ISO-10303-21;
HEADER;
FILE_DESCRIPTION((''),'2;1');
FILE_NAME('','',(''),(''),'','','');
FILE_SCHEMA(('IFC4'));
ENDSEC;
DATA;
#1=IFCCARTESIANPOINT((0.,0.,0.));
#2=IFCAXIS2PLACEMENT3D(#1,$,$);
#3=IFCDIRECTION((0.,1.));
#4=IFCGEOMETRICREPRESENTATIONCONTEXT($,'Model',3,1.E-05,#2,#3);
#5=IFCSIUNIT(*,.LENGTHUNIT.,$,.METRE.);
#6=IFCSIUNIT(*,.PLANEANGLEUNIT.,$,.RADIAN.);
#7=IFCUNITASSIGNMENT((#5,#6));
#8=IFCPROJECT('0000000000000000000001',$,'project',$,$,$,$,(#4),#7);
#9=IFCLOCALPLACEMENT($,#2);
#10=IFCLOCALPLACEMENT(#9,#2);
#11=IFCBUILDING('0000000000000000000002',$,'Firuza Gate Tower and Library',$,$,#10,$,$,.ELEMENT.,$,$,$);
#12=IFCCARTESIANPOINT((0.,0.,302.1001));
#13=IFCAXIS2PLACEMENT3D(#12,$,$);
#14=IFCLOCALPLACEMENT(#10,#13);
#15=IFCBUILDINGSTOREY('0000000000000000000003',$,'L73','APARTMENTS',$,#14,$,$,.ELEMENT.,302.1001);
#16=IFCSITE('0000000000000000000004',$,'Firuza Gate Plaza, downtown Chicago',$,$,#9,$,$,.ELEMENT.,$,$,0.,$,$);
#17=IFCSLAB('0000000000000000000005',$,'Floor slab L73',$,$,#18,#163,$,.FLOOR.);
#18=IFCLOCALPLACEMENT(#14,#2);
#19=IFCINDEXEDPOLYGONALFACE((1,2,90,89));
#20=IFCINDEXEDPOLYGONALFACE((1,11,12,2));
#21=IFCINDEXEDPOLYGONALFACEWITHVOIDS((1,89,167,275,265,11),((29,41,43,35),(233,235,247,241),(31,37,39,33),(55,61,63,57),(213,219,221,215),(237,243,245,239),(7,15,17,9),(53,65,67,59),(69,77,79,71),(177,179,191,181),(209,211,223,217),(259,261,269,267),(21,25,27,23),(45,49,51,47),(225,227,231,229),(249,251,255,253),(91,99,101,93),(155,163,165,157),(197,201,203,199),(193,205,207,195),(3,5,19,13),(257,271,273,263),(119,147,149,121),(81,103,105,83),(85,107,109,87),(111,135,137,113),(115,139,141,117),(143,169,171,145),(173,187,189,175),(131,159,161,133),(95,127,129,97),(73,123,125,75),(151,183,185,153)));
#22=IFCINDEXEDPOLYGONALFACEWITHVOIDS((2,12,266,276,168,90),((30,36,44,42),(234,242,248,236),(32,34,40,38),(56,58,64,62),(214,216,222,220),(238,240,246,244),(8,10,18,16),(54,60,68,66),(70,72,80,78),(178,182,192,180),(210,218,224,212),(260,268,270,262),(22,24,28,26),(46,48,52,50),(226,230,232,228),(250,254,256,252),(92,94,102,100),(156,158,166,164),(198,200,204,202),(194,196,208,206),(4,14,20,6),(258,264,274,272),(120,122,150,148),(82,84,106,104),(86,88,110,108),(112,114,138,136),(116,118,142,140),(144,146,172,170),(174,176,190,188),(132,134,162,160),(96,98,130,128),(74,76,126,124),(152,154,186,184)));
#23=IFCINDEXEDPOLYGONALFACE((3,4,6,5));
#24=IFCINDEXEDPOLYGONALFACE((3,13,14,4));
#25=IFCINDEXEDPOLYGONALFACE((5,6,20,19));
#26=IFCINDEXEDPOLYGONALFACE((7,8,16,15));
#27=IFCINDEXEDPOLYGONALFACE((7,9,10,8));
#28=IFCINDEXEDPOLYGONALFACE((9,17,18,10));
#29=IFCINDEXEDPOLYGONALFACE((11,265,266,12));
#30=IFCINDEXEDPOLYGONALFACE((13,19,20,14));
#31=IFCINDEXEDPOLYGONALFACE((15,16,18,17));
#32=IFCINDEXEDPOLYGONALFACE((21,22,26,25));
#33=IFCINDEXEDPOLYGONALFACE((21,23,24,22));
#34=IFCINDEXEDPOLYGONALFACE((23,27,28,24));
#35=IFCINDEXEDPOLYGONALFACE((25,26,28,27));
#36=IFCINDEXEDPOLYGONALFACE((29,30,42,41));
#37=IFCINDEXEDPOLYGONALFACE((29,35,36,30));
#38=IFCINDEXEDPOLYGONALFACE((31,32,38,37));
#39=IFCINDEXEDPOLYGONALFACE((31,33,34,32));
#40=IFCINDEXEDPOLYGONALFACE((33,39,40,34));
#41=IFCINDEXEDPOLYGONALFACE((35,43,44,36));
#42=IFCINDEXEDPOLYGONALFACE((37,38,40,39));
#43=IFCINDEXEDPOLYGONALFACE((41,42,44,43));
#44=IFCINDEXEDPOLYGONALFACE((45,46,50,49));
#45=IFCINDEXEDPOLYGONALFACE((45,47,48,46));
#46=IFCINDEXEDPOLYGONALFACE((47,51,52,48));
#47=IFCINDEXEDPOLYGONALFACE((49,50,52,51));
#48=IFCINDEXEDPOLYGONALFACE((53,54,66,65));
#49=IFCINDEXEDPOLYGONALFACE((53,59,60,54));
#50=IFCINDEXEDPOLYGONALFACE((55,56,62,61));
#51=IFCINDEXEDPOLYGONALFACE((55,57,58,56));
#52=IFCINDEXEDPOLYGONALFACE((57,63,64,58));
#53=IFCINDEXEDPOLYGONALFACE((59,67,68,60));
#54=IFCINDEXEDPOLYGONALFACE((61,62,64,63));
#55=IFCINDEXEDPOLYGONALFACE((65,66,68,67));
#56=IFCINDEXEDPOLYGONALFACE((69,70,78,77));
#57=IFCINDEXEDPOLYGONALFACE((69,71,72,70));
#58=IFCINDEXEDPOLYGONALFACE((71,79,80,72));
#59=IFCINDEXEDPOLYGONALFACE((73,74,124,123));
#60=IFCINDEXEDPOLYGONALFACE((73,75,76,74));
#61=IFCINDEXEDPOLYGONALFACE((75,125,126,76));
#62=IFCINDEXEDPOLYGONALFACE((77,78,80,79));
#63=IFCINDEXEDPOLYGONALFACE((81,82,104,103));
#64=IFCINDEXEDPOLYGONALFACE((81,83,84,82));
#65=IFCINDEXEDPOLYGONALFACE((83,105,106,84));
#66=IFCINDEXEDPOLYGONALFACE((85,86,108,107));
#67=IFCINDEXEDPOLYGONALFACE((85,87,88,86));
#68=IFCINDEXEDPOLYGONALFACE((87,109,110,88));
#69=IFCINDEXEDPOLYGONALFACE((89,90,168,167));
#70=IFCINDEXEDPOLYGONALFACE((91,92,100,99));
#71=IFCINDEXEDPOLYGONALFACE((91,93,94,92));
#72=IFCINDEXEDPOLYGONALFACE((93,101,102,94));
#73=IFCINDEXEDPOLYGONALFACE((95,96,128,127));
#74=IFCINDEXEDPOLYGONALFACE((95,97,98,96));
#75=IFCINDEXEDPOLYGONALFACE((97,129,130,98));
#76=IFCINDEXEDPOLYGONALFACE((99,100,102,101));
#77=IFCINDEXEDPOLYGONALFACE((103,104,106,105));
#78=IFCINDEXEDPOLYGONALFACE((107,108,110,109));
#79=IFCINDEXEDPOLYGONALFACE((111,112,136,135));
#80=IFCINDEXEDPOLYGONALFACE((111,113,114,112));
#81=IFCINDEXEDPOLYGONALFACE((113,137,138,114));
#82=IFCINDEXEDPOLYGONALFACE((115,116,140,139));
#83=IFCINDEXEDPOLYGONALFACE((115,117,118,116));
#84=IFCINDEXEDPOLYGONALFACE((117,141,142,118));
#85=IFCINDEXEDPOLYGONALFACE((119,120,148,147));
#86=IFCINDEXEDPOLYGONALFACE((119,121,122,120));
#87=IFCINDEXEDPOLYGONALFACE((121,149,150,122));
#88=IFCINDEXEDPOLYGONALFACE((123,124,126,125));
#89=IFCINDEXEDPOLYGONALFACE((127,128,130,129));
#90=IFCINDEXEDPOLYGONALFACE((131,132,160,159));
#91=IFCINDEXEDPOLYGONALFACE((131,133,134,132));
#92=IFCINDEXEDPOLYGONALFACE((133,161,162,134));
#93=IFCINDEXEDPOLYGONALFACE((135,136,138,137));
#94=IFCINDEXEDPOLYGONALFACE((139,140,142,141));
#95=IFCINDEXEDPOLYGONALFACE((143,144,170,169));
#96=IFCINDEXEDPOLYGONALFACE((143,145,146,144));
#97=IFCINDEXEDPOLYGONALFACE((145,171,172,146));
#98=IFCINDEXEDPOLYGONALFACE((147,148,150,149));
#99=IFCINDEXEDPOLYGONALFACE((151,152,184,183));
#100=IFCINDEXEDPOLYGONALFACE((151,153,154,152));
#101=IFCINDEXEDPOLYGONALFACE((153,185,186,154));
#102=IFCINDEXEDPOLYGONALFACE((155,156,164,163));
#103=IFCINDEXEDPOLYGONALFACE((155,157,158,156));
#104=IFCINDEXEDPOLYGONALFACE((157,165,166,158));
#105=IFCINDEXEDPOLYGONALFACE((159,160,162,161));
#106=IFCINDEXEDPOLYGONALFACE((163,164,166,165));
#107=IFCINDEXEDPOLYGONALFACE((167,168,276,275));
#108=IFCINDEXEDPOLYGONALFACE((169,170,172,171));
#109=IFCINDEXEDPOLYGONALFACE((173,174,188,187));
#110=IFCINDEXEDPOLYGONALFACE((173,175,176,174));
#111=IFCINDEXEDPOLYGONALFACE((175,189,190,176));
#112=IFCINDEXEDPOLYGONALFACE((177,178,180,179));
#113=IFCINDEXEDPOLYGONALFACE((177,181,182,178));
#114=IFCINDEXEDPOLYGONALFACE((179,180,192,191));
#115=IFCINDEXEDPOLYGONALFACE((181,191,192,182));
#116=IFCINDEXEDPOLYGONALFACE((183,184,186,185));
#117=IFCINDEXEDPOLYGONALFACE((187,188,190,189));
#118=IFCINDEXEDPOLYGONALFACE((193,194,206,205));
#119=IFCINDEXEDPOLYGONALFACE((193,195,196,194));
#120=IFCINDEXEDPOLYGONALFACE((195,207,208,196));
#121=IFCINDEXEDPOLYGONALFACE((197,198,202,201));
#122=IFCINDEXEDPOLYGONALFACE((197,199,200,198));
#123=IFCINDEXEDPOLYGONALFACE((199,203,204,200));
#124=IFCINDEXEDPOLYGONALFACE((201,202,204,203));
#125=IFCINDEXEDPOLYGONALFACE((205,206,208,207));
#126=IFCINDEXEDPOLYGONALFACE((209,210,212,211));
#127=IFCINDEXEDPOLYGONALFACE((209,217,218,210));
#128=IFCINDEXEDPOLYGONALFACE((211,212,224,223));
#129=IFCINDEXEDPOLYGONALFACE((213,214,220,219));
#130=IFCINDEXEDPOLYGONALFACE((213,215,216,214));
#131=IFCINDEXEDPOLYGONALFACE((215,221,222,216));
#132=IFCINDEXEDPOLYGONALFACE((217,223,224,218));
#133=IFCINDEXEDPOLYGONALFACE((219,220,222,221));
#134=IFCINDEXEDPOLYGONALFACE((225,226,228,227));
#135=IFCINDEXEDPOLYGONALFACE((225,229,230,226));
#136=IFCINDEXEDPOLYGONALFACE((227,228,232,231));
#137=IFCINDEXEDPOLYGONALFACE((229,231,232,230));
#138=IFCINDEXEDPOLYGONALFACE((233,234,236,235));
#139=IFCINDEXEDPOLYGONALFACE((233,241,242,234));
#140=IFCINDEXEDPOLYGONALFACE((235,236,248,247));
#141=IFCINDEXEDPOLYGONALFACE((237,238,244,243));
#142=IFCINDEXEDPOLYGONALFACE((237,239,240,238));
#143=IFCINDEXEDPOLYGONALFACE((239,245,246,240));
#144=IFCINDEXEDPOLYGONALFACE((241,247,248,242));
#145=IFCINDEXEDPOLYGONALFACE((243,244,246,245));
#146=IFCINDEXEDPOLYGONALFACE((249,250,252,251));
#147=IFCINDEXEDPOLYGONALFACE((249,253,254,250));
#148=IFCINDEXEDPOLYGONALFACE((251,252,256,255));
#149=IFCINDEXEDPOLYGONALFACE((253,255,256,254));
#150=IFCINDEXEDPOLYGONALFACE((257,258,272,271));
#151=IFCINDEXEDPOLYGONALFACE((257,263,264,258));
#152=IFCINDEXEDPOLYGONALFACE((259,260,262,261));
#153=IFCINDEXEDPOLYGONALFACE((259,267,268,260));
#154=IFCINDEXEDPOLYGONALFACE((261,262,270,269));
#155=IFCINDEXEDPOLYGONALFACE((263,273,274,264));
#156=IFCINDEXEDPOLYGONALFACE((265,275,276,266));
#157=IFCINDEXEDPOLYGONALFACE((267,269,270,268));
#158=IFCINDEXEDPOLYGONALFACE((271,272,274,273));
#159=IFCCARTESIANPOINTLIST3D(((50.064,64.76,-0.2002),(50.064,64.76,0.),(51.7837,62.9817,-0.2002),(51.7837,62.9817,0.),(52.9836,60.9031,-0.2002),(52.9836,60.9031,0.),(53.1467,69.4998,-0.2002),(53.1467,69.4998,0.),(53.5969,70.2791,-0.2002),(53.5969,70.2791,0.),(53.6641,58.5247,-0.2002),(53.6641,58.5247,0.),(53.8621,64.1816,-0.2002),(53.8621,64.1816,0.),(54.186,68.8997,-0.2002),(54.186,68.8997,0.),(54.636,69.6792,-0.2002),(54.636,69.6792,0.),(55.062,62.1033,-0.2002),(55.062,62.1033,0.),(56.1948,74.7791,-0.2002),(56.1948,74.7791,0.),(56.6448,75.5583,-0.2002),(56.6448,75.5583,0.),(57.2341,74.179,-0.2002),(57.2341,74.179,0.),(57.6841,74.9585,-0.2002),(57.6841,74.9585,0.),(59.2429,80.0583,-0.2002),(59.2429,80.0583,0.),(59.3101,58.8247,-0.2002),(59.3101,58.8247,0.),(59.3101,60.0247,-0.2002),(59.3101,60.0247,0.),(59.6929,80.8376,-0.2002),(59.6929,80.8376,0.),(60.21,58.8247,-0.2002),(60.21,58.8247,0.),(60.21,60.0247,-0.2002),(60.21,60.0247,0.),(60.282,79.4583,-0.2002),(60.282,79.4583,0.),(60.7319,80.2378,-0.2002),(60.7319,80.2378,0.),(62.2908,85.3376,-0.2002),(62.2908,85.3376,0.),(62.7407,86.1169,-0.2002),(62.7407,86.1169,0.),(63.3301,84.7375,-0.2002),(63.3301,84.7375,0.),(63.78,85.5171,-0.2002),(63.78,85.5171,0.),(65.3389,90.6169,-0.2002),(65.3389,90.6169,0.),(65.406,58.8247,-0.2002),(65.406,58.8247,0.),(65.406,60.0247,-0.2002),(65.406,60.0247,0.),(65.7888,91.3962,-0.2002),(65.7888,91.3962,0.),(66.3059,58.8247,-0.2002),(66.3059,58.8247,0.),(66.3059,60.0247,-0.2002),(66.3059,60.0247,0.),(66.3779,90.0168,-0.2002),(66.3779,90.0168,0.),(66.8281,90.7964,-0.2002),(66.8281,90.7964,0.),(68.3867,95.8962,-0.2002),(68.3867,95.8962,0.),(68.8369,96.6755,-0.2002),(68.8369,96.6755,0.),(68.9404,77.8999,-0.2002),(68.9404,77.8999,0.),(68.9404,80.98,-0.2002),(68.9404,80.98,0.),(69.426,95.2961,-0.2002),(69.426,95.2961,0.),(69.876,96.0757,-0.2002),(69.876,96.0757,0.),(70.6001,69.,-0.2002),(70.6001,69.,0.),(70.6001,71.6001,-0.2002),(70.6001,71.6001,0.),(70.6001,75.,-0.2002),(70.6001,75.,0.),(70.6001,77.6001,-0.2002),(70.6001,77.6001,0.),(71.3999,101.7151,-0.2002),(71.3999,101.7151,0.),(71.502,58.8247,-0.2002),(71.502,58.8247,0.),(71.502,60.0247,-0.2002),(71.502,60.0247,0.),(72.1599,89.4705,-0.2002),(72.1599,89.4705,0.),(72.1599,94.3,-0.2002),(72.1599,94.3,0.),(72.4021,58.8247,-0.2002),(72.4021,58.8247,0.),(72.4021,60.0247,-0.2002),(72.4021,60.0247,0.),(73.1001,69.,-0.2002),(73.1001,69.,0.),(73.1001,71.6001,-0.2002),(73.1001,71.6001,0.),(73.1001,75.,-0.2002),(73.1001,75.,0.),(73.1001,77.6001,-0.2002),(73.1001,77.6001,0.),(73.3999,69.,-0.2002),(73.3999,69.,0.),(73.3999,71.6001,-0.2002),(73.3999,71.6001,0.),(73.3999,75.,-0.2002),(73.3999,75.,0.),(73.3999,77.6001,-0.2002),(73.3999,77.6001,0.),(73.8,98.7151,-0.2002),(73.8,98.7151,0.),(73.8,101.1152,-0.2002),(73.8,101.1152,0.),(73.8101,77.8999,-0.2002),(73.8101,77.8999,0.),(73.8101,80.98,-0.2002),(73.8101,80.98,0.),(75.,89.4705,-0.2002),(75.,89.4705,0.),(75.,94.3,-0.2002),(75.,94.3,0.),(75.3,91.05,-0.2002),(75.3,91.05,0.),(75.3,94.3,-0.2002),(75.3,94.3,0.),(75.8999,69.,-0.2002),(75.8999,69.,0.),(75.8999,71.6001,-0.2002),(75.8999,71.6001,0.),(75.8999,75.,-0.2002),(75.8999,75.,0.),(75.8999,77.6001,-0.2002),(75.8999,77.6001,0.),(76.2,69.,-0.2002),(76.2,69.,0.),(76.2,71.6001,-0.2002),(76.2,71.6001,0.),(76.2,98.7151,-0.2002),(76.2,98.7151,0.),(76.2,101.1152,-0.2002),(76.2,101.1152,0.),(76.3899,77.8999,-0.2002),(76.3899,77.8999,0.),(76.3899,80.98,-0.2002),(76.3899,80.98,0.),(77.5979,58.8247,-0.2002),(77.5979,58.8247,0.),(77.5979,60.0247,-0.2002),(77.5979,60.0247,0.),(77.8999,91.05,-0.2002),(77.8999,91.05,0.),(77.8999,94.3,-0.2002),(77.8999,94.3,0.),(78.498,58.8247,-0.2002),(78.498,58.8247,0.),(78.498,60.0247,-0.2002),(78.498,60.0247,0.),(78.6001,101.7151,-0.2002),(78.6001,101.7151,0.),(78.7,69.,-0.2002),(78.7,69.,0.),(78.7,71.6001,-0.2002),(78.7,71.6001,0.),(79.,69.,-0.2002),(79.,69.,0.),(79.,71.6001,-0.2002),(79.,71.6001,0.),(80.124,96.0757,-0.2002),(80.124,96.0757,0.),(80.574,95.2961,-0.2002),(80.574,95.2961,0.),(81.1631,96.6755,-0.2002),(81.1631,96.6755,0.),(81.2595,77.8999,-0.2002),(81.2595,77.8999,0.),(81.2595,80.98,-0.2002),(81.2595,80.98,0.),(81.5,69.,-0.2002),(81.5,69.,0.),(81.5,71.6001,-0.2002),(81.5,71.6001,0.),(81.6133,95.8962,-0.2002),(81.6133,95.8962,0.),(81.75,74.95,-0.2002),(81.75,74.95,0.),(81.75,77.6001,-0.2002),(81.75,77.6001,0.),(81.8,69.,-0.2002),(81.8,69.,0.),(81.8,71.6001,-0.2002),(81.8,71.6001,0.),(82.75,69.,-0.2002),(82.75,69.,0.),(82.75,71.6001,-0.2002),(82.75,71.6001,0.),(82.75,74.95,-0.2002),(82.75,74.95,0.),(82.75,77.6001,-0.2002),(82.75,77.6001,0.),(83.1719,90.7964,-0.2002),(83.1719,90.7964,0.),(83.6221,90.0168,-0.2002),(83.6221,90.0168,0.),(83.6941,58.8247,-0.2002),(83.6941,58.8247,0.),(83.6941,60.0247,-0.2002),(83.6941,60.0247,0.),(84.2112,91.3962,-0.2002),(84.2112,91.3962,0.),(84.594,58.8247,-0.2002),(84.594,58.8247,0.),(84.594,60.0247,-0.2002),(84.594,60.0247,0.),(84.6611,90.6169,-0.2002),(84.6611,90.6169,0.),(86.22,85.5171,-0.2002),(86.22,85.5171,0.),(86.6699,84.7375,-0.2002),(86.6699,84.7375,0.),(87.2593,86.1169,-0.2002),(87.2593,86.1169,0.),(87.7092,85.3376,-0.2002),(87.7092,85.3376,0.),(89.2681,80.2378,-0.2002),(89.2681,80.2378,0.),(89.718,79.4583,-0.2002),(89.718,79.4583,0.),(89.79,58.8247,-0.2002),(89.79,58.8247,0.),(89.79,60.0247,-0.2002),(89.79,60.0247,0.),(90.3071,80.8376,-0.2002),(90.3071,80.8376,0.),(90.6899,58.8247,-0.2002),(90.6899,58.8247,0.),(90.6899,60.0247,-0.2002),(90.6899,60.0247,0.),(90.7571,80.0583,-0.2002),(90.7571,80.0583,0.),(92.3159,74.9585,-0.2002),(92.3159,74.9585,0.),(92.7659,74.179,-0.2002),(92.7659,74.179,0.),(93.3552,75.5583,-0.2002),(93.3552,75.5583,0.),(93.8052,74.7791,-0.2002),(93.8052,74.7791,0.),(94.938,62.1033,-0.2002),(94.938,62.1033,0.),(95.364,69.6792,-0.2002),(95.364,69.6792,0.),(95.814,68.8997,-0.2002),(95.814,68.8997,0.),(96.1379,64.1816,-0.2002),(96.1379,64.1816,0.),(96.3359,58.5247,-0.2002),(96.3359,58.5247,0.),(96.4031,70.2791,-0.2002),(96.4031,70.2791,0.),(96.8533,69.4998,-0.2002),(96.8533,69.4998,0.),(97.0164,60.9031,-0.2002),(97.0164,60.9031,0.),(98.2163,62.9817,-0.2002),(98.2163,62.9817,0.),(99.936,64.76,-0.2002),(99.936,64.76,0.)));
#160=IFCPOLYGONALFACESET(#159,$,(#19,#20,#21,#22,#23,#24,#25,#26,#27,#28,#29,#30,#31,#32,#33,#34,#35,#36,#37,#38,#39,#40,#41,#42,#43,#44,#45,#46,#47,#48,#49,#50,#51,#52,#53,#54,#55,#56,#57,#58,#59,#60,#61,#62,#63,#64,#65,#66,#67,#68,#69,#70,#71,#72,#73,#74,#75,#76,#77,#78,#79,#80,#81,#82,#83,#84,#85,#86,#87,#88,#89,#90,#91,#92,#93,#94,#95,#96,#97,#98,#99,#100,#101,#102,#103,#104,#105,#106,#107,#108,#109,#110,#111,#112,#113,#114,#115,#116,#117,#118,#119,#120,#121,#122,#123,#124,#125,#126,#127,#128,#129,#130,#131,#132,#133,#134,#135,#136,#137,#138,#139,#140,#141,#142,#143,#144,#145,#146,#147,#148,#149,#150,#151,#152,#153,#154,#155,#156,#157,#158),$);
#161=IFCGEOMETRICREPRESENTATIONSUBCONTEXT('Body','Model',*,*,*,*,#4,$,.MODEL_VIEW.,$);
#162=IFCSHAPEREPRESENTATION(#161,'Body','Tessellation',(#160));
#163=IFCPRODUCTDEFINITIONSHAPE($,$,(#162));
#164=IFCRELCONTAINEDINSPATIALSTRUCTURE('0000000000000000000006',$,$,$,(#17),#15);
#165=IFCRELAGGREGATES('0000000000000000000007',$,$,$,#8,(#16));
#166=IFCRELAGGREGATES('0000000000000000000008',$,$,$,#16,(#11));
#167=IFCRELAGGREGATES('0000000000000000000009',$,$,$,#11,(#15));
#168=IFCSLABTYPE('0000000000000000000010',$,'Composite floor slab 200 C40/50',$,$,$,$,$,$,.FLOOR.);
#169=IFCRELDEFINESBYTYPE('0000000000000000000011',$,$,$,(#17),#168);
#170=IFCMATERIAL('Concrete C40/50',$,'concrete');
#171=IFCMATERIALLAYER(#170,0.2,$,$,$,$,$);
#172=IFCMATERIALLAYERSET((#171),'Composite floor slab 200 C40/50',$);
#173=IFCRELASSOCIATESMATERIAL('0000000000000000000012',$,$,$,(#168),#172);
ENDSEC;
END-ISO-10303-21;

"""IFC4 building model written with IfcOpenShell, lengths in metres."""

from ifc_helpers import new_model, si_unit, direction, frame, origin, place, context, subcontext, project, spatial, polyline, outline, extrude, material, layer, layer_set, type_object, element, save


model = new_model("IFC4")

# Units and contexts
model_context = context("Model", 3, precision=1e-05, world=origin(), true_north=direction((0.0, 1.0)))
body_context = subcontext(model_context, "Body", "Model", "MODEL_VIEW")
ifc_project = project(units=[si_unit("LENGTHUNIT", "METRE"), si_unit("PLANEANGLEUNIT", "RADIAN")], contexts=[model_context])

# Site, building, storey
site_placement = place(None, origin())
site = spatial("IfcSite", under=ifc_project, at=site_placement, Name="Firuza Gate Plaza, downtown Chicago", CompositionType="ELEMENT", RefElevation=0.0)
building_placement = place(site_placement, origin())
building = spatial("IfcBuilding", under=site, at=building_placement, Name="Firuza Gate Tower and Library", CompositionType="ELEMENT")
storey_placement = place(building_placement, frame((0.0, 0.0, 302.1001)))
storey = spatial("IfcBuildingStorey", under=building, at=storey_placement, Name="L73", Description="APARTMENTS", CompositionType="ELEMENT", Elevation=302.1001)

# Slab
ifc_material_1 = material(Name="Concrete C40/50", Category="concrete")
ifc_layer_1 = layer(ifc_material_1, 0.2)
ifc_layer_set_1 = layer_set([ifc_layer_1], Name="Composite floor slab 200 C40/50")
slab_type_1 = type_object("IfcSlabType", Name="Composite floor slab 200 C40/50", PredefinedType="FLOOR", material=ifc_layer_set_1)
slab_1_placement = place(storey_placement, frame((0.0, 0.0, -0.2002)))
element("IfcSlab", 1, at=slab_1_placement, inside=storey, type_object=slab_type_1, Name="Floor slab L73", PredefinedType="FLOOR", context=body_context, shape_type="SweptSolid", body=[
    extrude(outline(polyline([(50.064, 64.76), (53.6641, 58.5247), (96.3359, 58.5247), (99.936, 64.76), (78.6001, 101.7151), (71.3999, 101.7151), (50.064, 64.76)]), holes=[polyline([(59.3101, 58.8247), (59.3101, 60.0247), (60.21, 60.0247), (60.21, 58.8247), (59.3101, 58.8247)]), polyline([(65.406, 58.8247), (65.406, 60.0247), (66.3059, 60.0247), (66.3059, 58.8247), (65.406, 58.8247)]), polyline([(71.502, 58.8247), (71.502, 60.0247), (72.4021, 60.0247), (72.4021, 58.8247), (71.502, 58.8247)]), polyline([(51.7837, 62.9817), (53.8621, 64.1816), (55.062, 62.1033), (52.9836, 60.9031), (51.7837, 62.9817)]), polyline([(53.5969, 70.2791), (54.636, 69.6792), (54.186, 68.8997), (53.1467, 69.4998), (53.5969, 70.2791)]), polyline([(73.1001, 69.0), (70.6001, 69.0), (70.6001, 71.6001), (73.1001, 71.6001), (73.1001, 69.0)]), polyline([(75.8999, 69.0), (73.3999, 69.0), (73.3999, 71.6001), (75.8999, 71.6001), (75.8999, 69.0)]), polyline([(56.6448, 75.5583), (57.6841, 74.9585), (57.2341, 74.179), (56.1948, 74.7791), (56.6448, 75.5583)]), polyline([(73.1001, 75.0), (70.6001, 75.0), (70.6001, 77.6001), (73.1001, 77.6001), (73.1001, 75.0)]), polyline([(75.8999, 75.0), (73.3999, 75.0), (73.3999, 77.6001), (75.8999, 77.6001), (75.8999, 75.0)]), polyline([(68.9404, 77.8999), (68.9404, 80.98), (73.8101, 80.98), (73.8101, 77.8999), (68.9404, 77.8999)]), polyline([(59.6929, 80.8376), (60.7319, 80.2378), (60.282, 79.4583), (59.2429, 80.0583), (59.6929, 80.8376)]), polyline([(62.7407, 86.1169), (63.78, 85.5171), (63.3301, 84.7375), (62.2908, 85.3376), (62.7407, 86.1169)]), polyline([(65.7888, 91.3962), (66.8281, 90.7964), (66.3779, 90.0168), (65.3389, 90.6169), (65.7888, 91.3962)]), polyline([(72.1599, 89.4705), (72.1599, 94.3), (75.0, 94.3), (75.0, 89.4705), (72.1599, 89.4705)]), polyline([(68.8369, 96.6755), (69.876, 96.0757), (69.426, 95.2961), (68.3867, 95.8962), (68.8369, 96.6755)]), polyline([(76.2, 101.1152), (76.2, 98.7151), (73.8, 98.7151), (73.8, 101.1152), (76.2, 101.1152)]), polyline([(77.5979, 58.8247), (77.5979, 60.0247), (78.498, 60.0247), (78.498, 58.8247), (77.5979, 58.8247)]), polyline([(83.6941, 58.8247), (83.6941, 60.0247), (84.594, 60.0247), (84.594, 58.8247), (83.6941, 58.8247)]), polyline([(89.79, 58.8247), (89.79, 60.0247), (90.6899, 60.0247), (90.6899, 58.8247), (89.79, 58.8247)]), polyline([(97.0164, 60.9031), (94.938, 62.1033), (96.1379, 64.1816), (98.2163, 62.9817), (97.0164, 60.9031)]), polyline([(96.8533, 69.4998), (95.814, 68.8997), (95.364, 69.6792), (96.4031, 70.2791), (96.8533, 69.4998)]), polyline([(78.7, 69.0), (76.2, 69.0), (76.2, 71.6001), (78.7, 71.6001), (78.7, 69.0)]), polyline([(81.5, 69.0), (79.0, 69.0), (79.0, 71.6001), (81.5, 71.6001), (81.5, 69.0)]), polyline([(82.75, 69.0), (81.8, 69.0), (81.8, 71.6001), (82.75, 71.6001), (82.75, 69.0)]), polyline([(93.8052, 74.7791), (92.7659, 74.179), (92.3159, 74.9585), (93.3552, 75.5583), (93.8052, 74.7791)]), polyline([(82.75, 74.95), (81.75, 74.95), (81.75, 77.6001), (82.75, 77.6001), (82.75, 74.95)]), polyline([(81.2595, 80.98), (81.2595, 77.8999), (76.3899, 77.8999), (76.3899, 80.98), (81.2595, 80.98)]), polyline([(90.7571, 80.0583), (89.718, 79.4583), (89.2681, 80.2378), (90.3071, 80.8376), (90.7571, 80.0583)]), polyline([(87.7092, 85.3376), (86.6699, 84.7375), (86.22, 85.5171), (87.2593, 86.1169), (87.7092, 85.3376)]), polyline([(84.6611, 90.6169), (83.6221, 90.0168), (83.1719, 90.7964), (84.2112, 91.3962), (84.6611, 90.6169)]), polyline([(75.3, 91.05), (75.3, 94.3), (77.8999, 94.3), (77.8999, 91.05), (75.3, 91.05)]), polyline([(80.574, 95.2961), (80.124, 96.0757), (81.1631, 96.6755), (81.6133, 95.8962), (80.574, 95.2961)])]), origin(), (0.0, 0.0, 1.0), 0.2002),
])

save(model, "model.ifc")
